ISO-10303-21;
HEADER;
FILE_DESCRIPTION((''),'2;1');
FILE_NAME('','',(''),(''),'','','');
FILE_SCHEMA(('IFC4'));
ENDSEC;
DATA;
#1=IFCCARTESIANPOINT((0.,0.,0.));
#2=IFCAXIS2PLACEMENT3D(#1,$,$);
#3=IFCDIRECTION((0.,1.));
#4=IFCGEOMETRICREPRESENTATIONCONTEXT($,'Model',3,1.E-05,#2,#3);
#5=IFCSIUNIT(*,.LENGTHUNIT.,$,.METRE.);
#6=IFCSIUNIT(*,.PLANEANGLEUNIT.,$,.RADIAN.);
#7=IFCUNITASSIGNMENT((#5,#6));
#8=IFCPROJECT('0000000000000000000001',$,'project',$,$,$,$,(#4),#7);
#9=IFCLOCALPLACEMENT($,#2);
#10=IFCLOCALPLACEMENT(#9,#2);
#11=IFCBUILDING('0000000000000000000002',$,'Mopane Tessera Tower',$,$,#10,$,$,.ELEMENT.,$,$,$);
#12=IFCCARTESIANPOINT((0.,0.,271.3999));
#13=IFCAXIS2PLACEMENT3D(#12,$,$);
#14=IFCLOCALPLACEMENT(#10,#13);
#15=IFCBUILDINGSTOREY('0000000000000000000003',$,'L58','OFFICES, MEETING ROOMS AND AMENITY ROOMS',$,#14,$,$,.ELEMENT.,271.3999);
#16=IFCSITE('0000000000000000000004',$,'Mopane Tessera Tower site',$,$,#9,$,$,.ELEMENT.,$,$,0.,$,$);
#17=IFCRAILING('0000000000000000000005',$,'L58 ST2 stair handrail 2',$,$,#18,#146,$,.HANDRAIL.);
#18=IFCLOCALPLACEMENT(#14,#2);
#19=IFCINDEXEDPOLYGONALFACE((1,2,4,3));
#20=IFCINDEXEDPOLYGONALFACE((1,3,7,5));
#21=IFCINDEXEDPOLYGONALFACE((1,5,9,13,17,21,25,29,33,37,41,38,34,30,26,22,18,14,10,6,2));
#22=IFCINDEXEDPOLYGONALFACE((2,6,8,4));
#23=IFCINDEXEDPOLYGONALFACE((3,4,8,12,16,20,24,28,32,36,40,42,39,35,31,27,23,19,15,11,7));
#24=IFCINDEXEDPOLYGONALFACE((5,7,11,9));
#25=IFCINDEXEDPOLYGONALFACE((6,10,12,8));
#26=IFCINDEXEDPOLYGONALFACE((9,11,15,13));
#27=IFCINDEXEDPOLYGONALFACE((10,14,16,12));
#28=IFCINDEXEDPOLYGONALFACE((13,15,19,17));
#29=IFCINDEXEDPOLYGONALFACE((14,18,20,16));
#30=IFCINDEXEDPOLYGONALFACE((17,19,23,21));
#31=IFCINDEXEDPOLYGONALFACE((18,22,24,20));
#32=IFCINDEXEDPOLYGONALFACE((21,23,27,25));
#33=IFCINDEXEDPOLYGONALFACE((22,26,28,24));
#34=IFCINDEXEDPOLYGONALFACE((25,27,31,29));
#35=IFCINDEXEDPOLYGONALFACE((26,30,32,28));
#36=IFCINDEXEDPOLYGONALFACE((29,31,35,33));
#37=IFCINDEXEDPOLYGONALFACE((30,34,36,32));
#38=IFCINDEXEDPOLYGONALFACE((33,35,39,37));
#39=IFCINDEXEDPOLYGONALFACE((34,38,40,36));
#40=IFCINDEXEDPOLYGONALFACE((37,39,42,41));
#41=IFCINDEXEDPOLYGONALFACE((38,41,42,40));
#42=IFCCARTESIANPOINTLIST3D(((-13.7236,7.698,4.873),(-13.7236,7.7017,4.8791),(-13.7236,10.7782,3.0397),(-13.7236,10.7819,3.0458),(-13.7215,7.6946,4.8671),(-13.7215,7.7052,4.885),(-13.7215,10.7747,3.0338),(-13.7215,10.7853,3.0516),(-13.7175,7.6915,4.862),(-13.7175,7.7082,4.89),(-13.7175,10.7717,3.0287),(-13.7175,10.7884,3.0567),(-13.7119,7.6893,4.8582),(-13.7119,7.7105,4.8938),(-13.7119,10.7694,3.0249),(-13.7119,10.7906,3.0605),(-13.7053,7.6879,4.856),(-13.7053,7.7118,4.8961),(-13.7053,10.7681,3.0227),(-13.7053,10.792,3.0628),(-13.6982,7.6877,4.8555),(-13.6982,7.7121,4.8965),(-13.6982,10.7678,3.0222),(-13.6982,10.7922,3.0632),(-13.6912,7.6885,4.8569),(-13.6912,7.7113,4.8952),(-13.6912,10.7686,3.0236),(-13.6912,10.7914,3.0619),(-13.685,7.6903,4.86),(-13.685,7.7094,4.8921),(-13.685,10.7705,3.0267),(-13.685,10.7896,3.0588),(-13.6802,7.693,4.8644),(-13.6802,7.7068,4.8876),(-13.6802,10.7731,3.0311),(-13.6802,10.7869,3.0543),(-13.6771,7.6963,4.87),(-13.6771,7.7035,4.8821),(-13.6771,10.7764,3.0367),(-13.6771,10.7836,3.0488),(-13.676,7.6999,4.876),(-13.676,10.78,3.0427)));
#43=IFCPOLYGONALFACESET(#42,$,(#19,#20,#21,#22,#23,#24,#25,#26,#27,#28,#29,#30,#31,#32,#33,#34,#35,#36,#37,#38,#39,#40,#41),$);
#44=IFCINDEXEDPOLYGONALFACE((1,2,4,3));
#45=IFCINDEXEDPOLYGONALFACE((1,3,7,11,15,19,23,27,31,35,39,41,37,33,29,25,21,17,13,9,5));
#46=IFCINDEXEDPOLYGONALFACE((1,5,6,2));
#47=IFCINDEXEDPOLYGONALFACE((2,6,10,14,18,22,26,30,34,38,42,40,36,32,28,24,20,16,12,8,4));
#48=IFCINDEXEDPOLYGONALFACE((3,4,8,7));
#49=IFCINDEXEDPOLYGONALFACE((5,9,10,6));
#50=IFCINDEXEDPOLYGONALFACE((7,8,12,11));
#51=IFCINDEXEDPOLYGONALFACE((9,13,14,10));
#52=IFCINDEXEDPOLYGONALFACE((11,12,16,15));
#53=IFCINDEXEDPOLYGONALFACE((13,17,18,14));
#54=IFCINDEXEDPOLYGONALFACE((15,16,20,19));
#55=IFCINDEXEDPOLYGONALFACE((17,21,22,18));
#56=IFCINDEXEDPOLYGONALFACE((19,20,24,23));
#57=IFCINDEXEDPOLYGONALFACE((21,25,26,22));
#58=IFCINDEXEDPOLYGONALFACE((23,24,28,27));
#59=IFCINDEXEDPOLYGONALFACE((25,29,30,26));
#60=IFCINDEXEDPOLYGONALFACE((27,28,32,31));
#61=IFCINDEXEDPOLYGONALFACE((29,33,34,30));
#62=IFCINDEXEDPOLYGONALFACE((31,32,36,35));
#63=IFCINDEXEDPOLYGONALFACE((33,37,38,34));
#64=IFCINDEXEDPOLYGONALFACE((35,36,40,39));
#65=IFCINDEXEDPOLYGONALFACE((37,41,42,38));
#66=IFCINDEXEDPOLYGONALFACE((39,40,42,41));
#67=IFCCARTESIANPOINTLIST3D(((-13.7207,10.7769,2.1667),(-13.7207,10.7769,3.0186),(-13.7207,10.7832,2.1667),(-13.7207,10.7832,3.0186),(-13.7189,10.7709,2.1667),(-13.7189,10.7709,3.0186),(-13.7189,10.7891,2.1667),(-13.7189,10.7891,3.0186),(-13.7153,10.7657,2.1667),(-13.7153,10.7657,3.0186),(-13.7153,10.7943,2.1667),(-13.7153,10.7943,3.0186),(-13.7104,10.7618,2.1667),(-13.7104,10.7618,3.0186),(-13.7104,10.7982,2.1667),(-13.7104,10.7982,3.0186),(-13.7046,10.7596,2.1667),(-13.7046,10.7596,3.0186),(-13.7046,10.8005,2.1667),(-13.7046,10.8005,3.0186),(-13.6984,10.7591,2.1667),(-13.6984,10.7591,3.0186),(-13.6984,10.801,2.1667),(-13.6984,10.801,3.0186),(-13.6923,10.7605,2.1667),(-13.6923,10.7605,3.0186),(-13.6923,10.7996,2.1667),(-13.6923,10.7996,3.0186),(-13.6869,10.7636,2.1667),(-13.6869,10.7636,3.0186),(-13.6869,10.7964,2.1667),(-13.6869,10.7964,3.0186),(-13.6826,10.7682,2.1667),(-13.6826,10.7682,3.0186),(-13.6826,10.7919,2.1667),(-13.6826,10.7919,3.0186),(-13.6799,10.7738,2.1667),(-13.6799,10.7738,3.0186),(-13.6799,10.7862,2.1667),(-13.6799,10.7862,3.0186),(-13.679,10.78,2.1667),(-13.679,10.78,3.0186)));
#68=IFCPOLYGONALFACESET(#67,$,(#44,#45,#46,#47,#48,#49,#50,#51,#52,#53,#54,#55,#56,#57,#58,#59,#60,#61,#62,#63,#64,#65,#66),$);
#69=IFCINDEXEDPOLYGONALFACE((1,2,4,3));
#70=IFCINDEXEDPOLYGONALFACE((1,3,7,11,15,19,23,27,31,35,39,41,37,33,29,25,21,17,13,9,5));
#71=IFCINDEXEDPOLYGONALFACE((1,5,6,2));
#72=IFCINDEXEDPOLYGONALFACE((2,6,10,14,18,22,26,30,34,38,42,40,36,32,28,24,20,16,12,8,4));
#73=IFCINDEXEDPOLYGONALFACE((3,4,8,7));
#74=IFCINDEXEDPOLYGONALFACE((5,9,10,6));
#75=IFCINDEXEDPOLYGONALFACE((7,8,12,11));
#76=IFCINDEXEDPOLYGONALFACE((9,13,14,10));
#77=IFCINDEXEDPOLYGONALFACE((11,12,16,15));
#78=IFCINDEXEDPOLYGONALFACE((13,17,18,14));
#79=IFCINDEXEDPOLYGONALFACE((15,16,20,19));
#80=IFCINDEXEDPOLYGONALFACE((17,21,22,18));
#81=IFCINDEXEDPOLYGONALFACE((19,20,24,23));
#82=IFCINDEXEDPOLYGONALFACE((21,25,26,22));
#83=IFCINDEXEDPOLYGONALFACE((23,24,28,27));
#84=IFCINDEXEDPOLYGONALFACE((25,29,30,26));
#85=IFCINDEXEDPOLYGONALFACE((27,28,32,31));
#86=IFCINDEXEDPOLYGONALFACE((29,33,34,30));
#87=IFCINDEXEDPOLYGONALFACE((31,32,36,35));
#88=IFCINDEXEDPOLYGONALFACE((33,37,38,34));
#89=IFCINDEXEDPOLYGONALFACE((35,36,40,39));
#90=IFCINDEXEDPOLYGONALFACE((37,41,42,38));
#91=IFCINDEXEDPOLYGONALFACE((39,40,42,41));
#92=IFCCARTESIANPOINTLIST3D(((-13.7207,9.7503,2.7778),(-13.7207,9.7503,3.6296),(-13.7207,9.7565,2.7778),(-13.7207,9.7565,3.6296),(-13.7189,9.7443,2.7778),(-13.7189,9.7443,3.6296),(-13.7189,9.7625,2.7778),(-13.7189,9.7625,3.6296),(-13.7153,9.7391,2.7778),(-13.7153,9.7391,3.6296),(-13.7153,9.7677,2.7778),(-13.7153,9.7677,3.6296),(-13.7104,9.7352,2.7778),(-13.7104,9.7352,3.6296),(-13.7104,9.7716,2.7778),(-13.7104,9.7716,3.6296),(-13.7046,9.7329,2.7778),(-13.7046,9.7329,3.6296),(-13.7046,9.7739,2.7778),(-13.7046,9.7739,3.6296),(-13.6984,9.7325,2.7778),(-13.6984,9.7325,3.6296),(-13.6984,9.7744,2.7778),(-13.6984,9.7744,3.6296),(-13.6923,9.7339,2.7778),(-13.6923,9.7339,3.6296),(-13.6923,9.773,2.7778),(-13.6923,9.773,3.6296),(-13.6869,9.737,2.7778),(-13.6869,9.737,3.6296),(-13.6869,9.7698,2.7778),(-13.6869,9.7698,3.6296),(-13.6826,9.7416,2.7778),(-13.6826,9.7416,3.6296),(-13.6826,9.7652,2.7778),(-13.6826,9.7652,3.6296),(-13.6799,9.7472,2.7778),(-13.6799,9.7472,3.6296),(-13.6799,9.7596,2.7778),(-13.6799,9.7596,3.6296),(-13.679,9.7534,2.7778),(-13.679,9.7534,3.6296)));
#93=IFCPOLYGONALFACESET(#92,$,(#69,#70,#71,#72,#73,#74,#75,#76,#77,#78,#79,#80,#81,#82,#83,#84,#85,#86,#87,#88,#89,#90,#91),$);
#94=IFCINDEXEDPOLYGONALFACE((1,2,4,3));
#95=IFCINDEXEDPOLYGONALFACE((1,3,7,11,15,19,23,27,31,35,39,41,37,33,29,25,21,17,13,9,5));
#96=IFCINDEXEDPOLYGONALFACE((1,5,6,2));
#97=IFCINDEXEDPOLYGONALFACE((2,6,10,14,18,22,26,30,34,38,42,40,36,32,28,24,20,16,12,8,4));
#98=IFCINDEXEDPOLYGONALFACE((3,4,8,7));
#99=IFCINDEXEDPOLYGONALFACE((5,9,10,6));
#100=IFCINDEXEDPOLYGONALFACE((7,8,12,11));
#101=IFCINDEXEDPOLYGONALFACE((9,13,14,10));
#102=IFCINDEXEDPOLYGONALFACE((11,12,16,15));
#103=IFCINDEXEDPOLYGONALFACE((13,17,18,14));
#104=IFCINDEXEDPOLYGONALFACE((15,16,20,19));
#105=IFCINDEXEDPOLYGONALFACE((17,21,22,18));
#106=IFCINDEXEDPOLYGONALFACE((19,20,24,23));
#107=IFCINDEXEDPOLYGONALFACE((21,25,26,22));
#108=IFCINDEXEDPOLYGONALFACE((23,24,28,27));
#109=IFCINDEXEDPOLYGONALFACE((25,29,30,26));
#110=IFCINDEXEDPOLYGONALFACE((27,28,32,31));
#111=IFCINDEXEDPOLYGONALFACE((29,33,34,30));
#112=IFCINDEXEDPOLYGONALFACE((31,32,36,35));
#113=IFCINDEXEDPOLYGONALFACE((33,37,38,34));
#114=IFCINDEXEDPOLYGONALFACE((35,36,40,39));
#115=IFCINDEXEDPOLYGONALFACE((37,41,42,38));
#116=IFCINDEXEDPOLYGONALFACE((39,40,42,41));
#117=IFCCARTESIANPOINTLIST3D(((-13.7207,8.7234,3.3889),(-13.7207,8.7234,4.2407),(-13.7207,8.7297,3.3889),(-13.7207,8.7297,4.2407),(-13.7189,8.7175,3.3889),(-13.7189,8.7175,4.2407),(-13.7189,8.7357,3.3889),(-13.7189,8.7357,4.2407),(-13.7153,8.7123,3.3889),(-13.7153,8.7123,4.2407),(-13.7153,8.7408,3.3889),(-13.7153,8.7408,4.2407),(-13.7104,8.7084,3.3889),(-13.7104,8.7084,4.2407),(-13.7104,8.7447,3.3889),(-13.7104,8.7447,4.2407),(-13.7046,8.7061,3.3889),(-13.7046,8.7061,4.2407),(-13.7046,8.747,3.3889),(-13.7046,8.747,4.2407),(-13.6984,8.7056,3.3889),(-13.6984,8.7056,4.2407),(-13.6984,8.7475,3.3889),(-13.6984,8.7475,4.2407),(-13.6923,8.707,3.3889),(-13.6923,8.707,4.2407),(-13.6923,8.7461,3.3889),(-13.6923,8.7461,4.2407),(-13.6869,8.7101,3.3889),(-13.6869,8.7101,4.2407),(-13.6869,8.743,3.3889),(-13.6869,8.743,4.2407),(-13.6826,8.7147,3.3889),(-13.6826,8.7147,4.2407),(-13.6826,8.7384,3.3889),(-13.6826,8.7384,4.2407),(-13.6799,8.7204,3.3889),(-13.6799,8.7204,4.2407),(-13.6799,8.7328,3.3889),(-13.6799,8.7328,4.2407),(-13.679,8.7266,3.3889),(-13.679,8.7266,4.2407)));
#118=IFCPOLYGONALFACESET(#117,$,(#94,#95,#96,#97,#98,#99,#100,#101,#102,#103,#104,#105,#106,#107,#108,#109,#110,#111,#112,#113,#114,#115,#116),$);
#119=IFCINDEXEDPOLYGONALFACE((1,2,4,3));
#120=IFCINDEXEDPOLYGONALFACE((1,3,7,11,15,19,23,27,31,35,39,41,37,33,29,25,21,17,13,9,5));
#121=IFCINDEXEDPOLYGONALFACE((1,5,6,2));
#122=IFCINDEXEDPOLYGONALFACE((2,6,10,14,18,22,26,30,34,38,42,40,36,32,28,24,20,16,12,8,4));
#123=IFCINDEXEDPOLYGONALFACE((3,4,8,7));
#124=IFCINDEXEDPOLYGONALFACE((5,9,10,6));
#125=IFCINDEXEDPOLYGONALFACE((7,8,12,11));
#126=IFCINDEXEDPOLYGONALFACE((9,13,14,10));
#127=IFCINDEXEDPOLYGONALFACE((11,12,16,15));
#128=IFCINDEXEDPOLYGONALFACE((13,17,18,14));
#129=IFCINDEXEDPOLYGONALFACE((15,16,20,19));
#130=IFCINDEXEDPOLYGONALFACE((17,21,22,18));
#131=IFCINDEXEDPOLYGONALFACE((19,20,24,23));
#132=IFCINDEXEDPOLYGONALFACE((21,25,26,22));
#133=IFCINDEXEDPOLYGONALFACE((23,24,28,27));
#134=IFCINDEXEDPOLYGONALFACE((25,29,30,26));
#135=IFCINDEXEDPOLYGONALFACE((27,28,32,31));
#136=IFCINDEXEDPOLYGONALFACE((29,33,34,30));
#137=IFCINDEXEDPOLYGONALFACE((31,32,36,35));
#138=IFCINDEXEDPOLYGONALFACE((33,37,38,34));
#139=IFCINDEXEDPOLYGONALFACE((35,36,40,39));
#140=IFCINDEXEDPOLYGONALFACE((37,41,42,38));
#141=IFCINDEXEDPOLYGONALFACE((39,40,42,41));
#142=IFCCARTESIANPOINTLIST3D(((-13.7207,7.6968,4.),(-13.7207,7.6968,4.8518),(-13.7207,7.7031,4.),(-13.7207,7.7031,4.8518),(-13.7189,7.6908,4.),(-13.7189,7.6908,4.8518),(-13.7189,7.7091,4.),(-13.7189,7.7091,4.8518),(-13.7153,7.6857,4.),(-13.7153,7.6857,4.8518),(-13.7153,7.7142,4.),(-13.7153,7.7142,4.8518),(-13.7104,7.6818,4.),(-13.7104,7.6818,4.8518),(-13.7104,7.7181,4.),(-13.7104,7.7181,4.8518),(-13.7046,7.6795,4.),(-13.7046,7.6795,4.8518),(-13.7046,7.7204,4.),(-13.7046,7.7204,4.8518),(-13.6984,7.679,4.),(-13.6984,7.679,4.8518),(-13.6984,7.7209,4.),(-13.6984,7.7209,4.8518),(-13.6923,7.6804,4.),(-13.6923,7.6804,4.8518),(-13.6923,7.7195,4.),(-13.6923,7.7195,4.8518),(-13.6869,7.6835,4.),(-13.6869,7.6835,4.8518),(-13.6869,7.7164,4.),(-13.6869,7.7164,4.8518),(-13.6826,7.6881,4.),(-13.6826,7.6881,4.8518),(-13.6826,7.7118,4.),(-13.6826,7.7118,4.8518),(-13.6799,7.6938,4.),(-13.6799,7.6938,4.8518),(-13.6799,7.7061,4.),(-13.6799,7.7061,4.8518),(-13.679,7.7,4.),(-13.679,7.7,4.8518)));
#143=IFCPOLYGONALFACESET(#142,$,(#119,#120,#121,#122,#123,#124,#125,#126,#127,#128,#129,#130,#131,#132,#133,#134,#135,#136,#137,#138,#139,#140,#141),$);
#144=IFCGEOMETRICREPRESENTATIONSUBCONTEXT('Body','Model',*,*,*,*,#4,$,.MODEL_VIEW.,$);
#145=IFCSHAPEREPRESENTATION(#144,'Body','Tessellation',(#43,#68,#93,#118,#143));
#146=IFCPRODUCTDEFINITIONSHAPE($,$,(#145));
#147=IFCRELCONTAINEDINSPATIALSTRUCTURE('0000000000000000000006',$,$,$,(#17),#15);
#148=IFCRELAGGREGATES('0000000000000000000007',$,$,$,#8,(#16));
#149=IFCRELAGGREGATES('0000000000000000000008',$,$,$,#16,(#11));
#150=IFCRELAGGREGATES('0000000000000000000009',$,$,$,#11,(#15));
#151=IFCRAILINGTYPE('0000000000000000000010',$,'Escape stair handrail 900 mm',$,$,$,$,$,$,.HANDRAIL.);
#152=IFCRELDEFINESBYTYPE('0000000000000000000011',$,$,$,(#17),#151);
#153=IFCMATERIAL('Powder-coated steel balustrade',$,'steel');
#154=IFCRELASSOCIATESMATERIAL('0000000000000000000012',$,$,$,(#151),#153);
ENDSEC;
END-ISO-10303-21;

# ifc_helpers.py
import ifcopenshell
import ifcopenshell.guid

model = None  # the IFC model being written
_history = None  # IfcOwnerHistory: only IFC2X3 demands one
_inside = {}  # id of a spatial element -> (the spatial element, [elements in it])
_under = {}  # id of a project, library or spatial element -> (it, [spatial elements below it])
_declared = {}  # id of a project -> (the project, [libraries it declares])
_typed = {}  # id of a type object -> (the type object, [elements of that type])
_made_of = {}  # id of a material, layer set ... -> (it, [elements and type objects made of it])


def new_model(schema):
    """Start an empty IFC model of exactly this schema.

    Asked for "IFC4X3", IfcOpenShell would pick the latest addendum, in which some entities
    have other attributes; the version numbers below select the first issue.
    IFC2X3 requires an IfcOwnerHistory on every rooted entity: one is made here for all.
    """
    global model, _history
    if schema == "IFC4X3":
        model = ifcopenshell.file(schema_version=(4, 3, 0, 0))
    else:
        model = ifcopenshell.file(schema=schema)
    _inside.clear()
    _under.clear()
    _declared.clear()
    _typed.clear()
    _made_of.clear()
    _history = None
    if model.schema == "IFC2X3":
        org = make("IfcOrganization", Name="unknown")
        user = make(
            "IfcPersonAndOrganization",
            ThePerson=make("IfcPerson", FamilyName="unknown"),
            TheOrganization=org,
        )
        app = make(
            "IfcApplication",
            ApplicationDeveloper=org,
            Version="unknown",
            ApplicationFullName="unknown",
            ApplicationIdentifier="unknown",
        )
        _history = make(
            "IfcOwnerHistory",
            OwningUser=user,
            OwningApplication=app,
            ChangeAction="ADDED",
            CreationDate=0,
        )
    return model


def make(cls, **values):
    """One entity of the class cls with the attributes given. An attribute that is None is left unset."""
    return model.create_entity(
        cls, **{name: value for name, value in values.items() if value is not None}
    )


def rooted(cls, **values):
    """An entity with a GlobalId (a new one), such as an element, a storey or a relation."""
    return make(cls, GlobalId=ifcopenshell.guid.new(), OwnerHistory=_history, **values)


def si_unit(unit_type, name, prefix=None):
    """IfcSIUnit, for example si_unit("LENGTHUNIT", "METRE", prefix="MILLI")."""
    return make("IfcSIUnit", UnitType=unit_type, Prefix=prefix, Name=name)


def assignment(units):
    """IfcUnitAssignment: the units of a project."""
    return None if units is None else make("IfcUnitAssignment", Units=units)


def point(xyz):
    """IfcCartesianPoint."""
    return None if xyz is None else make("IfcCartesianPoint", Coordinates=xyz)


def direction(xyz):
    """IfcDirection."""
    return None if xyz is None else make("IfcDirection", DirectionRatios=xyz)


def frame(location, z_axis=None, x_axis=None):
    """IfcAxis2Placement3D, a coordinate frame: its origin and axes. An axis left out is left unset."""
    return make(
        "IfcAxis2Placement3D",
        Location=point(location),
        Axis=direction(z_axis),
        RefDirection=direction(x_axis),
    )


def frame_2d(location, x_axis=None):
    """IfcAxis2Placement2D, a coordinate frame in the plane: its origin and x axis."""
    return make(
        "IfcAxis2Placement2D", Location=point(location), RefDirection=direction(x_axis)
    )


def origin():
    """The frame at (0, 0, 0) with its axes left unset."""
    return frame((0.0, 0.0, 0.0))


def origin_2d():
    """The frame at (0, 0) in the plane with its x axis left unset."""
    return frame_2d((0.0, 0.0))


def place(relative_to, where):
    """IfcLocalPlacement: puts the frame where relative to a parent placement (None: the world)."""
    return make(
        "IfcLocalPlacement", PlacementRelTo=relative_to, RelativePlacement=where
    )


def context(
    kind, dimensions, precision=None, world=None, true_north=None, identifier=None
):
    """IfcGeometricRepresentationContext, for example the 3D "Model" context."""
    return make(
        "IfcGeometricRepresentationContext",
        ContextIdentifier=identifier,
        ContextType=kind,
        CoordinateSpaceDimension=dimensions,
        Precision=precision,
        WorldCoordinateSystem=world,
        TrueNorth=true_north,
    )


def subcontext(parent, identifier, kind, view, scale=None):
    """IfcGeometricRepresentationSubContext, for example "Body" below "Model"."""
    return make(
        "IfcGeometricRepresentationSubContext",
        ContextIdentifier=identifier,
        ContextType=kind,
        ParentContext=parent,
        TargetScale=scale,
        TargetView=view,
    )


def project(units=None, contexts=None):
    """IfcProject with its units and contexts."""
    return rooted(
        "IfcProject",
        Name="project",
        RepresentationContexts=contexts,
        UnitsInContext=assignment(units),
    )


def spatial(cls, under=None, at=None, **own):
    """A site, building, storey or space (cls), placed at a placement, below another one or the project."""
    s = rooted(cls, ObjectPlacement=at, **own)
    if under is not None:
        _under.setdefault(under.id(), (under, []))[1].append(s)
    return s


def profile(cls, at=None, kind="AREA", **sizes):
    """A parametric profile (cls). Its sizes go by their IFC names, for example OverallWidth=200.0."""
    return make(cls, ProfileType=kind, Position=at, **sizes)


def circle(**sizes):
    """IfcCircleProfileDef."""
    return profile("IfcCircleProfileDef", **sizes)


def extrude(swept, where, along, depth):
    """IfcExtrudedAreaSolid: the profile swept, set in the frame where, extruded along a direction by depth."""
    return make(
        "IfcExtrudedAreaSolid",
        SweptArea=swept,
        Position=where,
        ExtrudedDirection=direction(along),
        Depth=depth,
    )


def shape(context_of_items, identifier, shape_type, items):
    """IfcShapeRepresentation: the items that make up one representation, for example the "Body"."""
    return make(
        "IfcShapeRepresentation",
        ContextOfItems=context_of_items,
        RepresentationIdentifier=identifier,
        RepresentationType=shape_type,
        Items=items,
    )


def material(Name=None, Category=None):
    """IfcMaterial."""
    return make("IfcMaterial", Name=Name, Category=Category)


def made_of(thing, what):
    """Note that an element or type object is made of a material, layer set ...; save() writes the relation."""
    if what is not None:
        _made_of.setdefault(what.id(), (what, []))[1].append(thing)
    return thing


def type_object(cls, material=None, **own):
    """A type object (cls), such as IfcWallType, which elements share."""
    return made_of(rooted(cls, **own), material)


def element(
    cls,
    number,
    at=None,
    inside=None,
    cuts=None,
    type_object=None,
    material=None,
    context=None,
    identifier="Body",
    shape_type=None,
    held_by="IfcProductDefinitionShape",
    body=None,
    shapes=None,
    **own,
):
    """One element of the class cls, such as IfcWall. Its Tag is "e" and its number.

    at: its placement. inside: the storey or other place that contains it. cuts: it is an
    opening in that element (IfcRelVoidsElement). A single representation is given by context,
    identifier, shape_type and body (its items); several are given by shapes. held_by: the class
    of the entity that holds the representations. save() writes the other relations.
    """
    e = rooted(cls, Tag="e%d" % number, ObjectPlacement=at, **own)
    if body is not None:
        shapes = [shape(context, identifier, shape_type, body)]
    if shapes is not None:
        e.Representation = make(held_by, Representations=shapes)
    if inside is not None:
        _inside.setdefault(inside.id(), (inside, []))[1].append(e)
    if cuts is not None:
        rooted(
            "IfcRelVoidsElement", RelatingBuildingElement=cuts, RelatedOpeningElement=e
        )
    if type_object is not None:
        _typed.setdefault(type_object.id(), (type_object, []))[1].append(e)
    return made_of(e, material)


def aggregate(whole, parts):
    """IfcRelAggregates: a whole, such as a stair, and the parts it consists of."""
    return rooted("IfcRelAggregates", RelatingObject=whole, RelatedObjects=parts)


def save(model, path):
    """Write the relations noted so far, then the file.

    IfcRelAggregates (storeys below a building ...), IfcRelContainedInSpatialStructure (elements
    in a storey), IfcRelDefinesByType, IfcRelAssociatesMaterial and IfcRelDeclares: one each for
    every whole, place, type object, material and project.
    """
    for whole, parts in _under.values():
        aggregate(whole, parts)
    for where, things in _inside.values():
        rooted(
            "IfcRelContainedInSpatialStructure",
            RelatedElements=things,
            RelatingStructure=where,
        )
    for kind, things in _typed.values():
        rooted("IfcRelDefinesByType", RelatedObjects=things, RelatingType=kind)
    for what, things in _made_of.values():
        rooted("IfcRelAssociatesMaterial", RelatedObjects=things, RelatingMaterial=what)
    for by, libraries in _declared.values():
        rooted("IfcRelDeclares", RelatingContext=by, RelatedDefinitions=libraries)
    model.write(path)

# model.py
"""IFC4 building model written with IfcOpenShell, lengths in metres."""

from ifc_helpers import new_model, si_unit, direction, frame, origin, origin_2d, place, context, subcontext, project, spatial, circle, extrude, material, type_object, element, save


model = new_model("IFC4")

# Units and contexts
model_context = context("Model", 3, precision=1e-05, world=origin(), true_north=direction((0.0, 1.0)))
body_context = subcontext(model_context, "Body", "Model", "MODEL_VIEW")
ifc_project = project(units=[si_unit("LENGTHUNIT", "METRE"), si_unit("PLANEANGLEUNIT", "RADIAN")], contexts=[model_context])

# Site, building, storey
site_placement = place(None, origin())
site = spatial("IfcSite", under=ifc_project, at=site_placement, Name="Mopane Tessera Tower site", CompositionType="ELEMENT", RefElevation=0.0)
building_placement = place(site_placement, origin())
building = spatial("IfcBuilding", under=site, at=building_placement, Name="Mopane Tessera Tower", CompositionType="ELEMENT")
storey_placement = place(building_placement, frame((0.0, 0.0, 271.3999)))
storey = spatial("IfcBuildingStorey", under=building, at=storey_placement, Name="L58", Description="OFFICES, MEETING ROOMS AND AMENITY ROOMS", CompositionType="ELEMENT", Elevation=271.3999)

# Railing
ifc_material_1 = material(Name="Powder-coated steel balustrade", Category="steel")
railing_type_1 = type_object("IfcRailingType", Name="Escape stair handrail 900 mm", PredefinedType="HANDRAIL", material=ifc_material_1)
railing_1_placement = place(storey_placement, frame((-13.7, 10.78, 2.1667)))
element("IfcRailing", 1, at=railing_1_placement, inside=storey, type_object=railing_type_1, Name="L58 ST2 stair handrail 2", PredefinedType="HANDRAIL", context=body_context, shape_type="SweptSolid", body=[
    extrude(circle(Radius=0.0239, at=origin_2d()), frame((0.0, 0.0, 0.876), z_axis=(0.0, -0.859309, 0.511458), x_axis=(1.0, 0.0, 0.0)), (0.0, 0.0, 1.0), 3.5845),
    extrude(circle(Radius=0.021, at=origin_2d()), origin(), (0.0, 0.0, 1.0), 0.8518),
    extrude(circle(Radius=0.021, at=origin_2d()), frame((0.0, -1.0266, 0.6111)), (0.0, 0.0, 1.0), 0.8518),
    extrude(circle(Radius=0.021, at=origin_2d()), frame((0.0, -2.0535, 1.2222)), (0.0, 0.0, 1.0), 0.8518),
    extrude(circle(Radius=0.021, at=origin_2d()), frame((0.0, -3.0801, 1.8333)), (0.0, 0.0, 1.0), 0.8518),
])

save(model, "model.ifc")
